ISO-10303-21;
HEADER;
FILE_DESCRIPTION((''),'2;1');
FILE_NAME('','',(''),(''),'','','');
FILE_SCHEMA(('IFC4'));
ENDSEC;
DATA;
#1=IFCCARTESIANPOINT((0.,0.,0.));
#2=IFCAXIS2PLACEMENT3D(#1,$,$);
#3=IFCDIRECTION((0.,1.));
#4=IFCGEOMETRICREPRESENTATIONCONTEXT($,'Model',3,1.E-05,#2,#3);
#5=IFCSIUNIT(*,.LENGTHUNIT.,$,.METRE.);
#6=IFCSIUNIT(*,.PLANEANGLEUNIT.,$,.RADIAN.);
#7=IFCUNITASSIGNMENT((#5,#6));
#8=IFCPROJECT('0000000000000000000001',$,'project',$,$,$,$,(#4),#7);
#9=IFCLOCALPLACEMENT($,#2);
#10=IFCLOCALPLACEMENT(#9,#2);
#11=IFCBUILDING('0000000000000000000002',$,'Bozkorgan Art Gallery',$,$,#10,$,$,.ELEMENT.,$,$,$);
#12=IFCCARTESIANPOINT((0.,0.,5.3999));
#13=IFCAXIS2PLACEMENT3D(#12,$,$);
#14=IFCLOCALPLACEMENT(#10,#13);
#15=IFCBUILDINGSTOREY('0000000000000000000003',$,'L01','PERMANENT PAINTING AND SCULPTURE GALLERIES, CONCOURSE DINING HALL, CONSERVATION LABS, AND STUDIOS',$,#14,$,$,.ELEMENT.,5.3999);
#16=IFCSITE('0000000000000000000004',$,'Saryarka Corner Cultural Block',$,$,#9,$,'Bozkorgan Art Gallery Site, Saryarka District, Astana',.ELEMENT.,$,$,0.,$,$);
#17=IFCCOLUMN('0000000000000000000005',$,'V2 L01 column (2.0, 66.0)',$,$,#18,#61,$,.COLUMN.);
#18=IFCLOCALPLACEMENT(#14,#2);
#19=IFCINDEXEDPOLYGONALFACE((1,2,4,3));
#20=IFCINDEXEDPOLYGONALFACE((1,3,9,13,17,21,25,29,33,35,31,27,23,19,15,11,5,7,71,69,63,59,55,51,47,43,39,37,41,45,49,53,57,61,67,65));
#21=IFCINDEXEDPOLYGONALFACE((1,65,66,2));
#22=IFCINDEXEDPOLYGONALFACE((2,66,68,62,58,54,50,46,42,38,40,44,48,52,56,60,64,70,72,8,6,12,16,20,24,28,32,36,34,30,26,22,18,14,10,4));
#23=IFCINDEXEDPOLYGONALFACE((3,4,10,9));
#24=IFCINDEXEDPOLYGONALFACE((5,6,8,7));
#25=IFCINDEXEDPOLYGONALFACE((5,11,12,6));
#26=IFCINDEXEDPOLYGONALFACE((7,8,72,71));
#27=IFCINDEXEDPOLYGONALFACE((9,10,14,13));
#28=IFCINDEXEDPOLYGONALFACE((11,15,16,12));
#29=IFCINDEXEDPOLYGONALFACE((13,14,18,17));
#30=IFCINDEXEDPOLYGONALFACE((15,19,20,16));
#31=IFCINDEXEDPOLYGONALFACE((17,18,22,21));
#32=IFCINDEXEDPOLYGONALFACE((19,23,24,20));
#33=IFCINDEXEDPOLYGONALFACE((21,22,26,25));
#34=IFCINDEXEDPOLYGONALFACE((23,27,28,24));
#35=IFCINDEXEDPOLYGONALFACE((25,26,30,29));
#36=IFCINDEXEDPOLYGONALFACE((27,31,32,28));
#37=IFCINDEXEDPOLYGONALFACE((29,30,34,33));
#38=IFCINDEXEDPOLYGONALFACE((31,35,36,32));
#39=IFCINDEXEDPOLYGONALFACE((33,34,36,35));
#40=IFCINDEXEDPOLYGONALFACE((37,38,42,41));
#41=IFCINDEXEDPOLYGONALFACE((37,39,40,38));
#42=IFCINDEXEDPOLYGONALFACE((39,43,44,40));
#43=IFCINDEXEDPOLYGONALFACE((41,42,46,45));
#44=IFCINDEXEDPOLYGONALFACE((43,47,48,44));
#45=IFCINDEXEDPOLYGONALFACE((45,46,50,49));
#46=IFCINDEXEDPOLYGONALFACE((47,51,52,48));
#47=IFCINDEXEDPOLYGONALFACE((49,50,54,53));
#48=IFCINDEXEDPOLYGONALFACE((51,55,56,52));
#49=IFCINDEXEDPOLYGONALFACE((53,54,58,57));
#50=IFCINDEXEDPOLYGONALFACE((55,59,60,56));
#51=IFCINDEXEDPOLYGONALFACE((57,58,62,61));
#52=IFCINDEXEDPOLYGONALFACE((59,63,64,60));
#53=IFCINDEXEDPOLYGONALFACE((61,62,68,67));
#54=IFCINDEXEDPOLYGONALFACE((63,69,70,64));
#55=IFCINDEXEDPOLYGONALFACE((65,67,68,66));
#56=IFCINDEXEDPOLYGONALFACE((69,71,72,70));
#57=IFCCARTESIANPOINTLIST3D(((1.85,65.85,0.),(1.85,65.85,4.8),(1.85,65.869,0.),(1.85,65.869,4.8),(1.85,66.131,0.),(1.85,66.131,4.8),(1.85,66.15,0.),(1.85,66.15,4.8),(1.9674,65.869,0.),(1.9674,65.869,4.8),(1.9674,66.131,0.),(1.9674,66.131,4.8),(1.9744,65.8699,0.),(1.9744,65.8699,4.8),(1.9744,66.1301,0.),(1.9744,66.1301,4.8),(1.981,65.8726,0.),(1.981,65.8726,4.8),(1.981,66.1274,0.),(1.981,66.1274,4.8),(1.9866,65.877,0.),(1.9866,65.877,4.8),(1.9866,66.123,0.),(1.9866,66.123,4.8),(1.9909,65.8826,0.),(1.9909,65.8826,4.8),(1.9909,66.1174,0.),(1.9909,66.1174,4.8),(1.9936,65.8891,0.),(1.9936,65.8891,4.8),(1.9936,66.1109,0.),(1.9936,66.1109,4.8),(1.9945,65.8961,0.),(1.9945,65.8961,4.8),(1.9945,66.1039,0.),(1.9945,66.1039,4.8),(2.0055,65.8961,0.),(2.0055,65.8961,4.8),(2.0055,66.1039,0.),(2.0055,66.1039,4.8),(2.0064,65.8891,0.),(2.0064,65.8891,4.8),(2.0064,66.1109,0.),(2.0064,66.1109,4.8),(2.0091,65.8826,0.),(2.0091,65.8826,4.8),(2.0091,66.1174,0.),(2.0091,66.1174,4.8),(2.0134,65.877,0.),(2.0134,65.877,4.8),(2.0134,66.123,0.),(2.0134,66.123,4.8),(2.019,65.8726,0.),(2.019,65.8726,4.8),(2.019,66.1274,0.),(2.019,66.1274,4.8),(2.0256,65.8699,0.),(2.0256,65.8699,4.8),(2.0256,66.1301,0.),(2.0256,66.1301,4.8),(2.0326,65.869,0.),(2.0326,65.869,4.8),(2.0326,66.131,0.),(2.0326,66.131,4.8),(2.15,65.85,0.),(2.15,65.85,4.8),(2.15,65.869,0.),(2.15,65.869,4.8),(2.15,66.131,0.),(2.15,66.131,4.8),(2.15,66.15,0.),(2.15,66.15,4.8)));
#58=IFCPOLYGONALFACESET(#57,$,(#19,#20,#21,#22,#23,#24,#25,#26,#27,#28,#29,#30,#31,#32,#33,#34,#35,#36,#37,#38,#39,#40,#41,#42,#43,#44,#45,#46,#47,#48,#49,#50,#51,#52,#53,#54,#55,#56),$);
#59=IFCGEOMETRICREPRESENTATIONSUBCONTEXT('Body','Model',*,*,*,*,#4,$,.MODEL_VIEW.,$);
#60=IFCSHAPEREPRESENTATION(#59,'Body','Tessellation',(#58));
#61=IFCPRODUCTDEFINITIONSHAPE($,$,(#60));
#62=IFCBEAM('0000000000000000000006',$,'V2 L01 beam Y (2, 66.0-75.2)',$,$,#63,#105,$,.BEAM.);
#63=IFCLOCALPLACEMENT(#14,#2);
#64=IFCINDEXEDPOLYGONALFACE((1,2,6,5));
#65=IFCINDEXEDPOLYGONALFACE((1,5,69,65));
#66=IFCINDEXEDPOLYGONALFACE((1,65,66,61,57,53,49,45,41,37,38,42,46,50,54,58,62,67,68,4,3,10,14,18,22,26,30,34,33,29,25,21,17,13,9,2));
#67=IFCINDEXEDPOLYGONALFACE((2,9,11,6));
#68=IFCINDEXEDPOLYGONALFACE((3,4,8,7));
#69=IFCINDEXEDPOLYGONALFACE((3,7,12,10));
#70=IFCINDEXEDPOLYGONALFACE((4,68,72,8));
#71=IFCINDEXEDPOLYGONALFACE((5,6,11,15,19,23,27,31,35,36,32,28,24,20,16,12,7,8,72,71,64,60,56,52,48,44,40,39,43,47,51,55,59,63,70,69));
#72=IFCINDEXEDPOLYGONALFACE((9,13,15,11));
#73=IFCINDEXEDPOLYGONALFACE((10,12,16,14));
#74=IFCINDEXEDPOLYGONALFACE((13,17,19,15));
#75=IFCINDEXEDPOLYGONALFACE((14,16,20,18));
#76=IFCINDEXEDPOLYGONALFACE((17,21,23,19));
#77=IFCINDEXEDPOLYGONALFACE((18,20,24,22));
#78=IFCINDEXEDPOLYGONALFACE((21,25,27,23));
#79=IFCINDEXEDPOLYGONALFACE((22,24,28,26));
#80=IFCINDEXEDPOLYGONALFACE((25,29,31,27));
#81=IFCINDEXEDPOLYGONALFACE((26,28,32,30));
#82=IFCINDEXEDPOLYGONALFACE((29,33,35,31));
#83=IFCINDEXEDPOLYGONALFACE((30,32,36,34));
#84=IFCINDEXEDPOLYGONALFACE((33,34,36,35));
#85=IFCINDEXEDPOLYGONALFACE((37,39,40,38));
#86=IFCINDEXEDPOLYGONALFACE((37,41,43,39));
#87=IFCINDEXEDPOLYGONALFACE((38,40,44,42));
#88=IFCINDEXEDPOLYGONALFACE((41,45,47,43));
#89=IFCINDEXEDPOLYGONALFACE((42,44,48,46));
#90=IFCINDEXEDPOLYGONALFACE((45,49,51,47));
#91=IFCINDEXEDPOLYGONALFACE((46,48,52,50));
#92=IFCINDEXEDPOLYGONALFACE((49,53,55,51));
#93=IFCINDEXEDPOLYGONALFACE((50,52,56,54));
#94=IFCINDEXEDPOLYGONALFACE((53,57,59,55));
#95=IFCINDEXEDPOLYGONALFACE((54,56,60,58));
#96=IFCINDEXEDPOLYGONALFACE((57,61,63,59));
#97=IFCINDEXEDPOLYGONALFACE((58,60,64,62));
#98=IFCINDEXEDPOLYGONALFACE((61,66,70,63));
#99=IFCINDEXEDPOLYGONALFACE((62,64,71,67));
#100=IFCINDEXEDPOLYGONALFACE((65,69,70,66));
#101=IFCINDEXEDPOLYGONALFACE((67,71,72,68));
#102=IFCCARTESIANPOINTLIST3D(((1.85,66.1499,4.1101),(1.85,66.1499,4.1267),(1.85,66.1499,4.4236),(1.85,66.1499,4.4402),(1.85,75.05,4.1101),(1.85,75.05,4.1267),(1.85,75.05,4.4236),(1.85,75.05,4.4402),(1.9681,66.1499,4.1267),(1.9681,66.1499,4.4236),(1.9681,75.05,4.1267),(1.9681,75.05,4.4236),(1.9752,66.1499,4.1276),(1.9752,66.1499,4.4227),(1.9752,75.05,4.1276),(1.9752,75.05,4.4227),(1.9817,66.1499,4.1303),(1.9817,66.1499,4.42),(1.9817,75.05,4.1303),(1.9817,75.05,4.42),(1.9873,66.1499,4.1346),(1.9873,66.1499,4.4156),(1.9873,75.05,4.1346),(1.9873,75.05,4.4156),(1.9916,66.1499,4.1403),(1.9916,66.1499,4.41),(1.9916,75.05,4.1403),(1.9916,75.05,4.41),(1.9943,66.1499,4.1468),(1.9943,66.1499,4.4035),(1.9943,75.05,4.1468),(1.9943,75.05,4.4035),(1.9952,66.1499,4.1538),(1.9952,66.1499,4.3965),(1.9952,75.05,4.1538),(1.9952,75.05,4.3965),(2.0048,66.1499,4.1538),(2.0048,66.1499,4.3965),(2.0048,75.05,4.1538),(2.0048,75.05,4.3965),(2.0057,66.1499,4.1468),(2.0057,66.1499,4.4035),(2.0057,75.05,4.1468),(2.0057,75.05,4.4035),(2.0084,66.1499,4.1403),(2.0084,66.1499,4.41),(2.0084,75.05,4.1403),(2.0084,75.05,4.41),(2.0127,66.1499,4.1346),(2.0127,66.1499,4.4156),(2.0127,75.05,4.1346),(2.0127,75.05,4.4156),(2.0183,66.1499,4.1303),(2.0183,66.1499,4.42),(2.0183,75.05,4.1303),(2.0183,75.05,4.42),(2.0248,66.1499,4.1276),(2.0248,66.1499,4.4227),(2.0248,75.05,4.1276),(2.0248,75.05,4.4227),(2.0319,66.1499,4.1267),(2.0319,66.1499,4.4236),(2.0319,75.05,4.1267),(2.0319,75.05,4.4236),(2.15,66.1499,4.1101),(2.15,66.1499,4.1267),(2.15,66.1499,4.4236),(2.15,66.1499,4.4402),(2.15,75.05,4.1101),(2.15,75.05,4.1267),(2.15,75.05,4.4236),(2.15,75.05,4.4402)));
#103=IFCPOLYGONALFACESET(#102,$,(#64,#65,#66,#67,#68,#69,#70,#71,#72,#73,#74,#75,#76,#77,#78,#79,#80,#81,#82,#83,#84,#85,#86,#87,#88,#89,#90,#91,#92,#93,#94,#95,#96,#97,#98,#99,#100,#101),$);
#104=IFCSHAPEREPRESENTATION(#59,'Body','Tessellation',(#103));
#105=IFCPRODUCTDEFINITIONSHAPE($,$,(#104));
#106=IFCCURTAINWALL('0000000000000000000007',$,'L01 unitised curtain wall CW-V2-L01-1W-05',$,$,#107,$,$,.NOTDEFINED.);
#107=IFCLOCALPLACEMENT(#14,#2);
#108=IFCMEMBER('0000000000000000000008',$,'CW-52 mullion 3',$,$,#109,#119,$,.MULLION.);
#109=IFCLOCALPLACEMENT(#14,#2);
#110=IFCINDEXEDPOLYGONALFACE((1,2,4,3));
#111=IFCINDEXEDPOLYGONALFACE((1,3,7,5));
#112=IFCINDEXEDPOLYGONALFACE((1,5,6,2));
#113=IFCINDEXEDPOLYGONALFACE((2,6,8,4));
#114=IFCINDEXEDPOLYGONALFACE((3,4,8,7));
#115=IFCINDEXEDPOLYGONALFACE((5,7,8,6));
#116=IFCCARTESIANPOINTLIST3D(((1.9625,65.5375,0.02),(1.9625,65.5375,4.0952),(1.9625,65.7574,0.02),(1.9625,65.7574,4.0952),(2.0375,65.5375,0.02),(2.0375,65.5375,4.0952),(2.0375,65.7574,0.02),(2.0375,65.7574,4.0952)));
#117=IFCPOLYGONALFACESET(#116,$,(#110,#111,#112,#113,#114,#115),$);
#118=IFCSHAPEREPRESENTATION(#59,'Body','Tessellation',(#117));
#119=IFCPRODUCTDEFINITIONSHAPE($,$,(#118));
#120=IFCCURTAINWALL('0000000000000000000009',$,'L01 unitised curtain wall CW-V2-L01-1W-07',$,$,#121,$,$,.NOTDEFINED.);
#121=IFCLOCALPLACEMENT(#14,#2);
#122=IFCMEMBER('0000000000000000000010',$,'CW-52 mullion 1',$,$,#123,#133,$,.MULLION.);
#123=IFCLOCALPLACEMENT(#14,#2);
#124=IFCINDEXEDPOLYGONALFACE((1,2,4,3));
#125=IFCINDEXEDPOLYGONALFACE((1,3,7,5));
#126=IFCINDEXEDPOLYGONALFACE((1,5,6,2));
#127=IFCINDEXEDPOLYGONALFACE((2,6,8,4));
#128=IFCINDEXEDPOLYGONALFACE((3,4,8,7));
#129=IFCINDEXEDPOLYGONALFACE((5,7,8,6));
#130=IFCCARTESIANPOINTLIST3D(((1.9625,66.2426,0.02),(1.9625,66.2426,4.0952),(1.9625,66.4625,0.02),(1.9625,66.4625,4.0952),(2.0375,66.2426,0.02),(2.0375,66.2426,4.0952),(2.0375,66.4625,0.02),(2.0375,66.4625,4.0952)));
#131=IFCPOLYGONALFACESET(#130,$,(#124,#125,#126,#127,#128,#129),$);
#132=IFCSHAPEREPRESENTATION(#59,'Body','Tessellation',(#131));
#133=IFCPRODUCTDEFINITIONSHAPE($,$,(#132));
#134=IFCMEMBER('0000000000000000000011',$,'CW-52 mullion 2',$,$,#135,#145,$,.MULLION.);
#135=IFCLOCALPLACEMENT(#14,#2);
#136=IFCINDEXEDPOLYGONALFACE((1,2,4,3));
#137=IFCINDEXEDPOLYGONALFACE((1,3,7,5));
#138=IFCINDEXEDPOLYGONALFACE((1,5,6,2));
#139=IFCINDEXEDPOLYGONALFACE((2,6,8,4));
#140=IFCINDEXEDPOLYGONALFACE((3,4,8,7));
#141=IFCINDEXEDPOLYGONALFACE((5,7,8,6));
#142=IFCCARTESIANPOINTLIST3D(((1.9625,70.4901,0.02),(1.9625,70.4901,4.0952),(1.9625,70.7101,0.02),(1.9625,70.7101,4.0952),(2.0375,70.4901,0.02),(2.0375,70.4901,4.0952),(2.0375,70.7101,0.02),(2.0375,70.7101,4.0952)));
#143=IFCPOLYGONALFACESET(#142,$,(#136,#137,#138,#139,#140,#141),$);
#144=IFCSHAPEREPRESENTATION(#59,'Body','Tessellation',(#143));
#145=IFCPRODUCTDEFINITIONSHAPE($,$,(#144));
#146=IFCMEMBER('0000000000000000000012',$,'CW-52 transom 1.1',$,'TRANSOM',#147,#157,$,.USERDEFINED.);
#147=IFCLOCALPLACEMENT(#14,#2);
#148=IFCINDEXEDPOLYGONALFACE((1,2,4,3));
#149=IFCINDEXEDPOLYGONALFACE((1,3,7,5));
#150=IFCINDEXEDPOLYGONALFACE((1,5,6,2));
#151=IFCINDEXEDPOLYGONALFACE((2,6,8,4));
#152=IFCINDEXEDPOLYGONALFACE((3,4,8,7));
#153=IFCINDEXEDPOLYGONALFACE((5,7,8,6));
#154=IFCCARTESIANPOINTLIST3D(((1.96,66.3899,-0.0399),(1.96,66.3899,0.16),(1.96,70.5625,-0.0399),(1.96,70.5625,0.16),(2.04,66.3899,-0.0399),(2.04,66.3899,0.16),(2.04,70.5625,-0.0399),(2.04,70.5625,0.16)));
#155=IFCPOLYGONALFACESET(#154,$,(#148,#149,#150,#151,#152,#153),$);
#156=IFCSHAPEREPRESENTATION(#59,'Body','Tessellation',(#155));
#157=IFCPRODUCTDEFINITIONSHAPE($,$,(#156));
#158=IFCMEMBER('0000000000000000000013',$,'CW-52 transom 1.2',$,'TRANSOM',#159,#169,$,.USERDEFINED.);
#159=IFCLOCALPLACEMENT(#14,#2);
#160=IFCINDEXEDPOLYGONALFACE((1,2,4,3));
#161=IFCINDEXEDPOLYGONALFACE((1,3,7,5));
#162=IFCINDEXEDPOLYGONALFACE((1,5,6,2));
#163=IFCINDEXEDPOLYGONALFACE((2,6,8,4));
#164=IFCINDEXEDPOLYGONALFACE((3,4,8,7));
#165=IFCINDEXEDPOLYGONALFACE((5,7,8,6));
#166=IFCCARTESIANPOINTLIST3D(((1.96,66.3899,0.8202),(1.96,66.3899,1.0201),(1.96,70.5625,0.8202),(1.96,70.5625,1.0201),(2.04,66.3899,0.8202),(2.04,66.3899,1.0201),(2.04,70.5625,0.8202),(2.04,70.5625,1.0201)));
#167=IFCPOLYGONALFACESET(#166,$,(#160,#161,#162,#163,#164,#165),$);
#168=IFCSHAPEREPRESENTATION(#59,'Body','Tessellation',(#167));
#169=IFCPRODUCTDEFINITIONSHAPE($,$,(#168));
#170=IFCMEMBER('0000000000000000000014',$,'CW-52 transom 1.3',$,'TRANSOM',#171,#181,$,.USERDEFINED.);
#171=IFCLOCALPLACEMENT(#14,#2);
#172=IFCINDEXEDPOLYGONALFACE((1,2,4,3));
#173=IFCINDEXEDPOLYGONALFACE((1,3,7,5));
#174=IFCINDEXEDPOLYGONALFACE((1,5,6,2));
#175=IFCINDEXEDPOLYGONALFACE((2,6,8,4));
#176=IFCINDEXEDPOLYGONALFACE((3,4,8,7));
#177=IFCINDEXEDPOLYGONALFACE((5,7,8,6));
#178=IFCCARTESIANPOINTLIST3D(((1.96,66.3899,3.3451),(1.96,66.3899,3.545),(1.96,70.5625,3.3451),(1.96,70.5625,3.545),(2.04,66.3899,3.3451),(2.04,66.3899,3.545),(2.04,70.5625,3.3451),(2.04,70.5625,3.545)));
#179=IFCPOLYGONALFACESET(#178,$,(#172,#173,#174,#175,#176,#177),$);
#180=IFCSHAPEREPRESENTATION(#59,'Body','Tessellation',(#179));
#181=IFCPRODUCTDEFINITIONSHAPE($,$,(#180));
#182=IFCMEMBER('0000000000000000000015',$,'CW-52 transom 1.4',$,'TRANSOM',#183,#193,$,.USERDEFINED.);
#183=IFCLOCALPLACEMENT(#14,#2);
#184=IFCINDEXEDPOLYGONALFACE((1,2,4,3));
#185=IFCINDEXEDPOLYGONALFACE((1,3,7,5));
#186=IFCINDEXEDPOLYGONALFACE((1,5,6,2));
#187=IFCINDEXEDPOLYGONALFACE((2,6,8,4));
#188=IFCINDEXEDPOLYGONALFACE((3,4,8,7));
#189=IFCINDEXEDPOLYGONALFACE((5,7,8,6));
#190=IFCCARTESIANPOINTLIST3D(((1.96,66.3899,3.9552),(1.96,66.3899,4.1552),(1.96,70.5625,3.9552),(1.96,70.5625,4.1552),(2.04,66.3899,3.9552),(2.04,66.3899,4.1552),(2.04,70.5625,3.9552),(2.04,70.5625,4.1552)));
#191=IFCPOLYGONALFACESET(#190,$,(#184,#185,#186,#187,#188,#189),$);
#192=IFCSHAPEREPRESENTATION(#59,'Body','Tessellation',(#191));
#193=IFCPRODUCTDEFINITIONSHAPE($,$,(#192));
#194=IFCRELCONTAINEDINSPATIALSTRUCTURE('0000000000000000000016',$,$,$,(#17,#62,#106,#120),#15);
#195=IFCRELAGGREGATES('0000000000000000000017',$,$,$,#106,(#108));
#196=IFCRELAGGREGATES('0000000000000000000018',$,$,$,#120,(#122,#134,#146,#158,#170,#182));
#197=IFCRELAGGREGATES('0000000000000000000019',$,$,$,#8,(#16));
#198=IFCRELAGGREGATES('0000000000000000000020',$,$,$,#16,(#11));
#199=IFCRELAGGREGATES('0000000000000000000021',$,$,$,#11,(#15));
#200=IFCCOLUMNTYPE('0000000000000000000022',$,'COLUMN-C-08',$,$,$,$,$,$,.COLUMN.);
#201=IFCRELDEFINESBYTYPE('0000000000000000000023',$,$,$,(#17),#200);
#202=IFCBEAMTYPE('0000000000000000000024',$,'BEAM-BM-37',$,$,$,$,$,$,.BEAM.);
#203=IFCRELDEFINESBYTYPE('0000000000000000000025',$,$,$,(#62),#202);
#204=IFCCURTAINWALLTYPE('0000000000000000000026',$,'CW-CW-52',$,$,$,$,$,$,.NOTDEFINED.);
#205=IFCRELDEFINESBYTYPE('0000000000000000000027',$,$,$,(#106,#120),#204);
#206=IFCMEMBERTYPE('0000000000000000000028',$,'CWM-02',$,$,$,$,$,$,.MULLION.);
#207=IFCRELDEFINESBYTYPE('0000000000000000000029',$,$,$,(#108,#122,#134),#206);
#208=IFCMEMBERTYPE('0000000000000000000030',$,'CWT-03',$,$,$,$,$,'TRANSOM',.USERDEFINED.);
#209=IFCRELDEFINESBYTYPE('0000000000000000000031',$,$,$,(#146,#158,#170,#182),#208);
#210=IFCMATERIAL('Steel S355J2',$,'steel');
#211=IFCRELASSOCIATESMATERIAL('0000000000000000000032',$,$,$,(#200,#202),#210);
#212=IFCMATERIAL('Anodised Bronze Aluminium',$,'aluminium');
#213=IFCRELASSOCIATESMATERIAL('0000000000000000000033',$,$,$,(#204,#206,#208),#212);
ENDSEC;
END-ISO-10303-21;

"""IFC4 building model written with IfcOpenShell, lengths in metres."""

from ifc_helpers import new_model, si_unit, direction, frame, origin, origin_2d, place, context, subcontext, project, spatial, rectangle, i_section, extrude, material, material_profile, profile_set, type_object, element, aggregate, save


model = new_model("IFC4")

# Units and contexts
model_context = context("Model", 3, precision=1e-05, world=origin(), true_north=direction((0.0, 1.0)))
body_context = subcontext(model_context, "Body", "Model", "MODEL_VIEW")
ifc_project = project(units=[si_unit("LENGTHUNIT", "METRE"), si_unit("PLANEANGLEUNIT", "RADIAN")], contexts=[model_context])

# Site, building, storey
site_placement = place(None, origin())
site = spatial("IfcSite", under=ifc_project, at=site_placement, Name="Saryarka Corner Cultural Block", LongName="Bozkorgan Art Gallery Site, Saryarka District, Astana", CompositionType="ELEMENT", RefElevation=0.0)
building_placement = place(site_placement, origin())
building = spatial("IfcBuilding", under=site, at=building_placement, Name="Bozkorgan Art Gallery", CompositionType="ELEMENT")
storey_placement = place(building_placement, frame((0.0, 0.0, 5.3999)))
storey = spatial("IfcBuildingStorey", under=building, at=storey_placement, Name="L01", Description="PERMANENT PAINTING AND SCULPTURE GALLERIES, CONCOURSE DINING HALL, CONSERVATION LABS, AND STUDIOS", CompositionType="ELEMENT", Elevation=5.3999)

# Column
ifc_material_1 = material(Name="Steel S355J2", Category="steel")
ifc_material_profile_1 = material_profile(ifc_material_1, i_section(OverallWidth=0.3, OverallDepth=0.3, WebThickness=0.011, FlangeThickness=0.019, FilletRadius=0.0271, at=origin_2d()), Name="HEB 300")
ifc_profile_set_1 = profile_set([ifc_material_profile_1], Name="Steel S355J2")
column_type = type_object("IfcColumnType", Name="COLUMN-C-08", PredefinedType="COLUMN", material=ifc_profile_set_1)
column_placement = place(storey_placement, frame((2.0, 66.0, 0.0), z_axis=(0.0, 0.0, 1.0), x_axis=(1.0, 0.0, 0.0)))
element("IfcColumn", 1, at=column_placement, inside=storey, type_object=column_type, Name="V2 L01 column (2.0, 66.0)", PredefinedType="COLUMN", context=body_context, shape_type="SweptSolid", body=[
    extrude(i_section(OverallWidth=0.3, OverallDepth=0.3, WebThickness=0.011, FlangeThickness=0.019, FilletRadius=0.0271, at=origin_2d()), origin(), (0.0, 0.0, 1.0), 4.8),
])

# Beam
ifc_material_profile_2 = material_profile(ifc_material_1, i_section(OverallWidth=0.3, OverallDepth=0.3301, WebThickness=0.0095, FlangeThickness=0.0166, FilletRadius=0.0271, at=origin_2d()), Name="HEA 340")
ifc_profile_set_2 = profile_set([ifc_material_profile_2], Name="Steel S355J2")
beam_type = type_object("IfcBeamType", Name="BEAM-BM-37", PredefinedType="BEAM", material=ifc_profile_set_2)
beam_placement = place(storey_placement, frame((2.0, 66.1499, 4.2751), z_axis=(0.0, 1.0, 0.0), x_axis=(-1.0, 0.0, 0.0)))
element("IfcBeam", 2, at=beam_placement, inside=storey, type_object=beam_type, Name="V2 L01 beam Y (2, 66.0-75.2)", PredefinedType="BEAM", context=body_context, shape_type="SweptSolid", body=[
    extrude(i_section(OverallWidth=0.3, OverallDepth=0.3301, WebThickness=0.0095, FlangeThickness=0.0166, FilletRadius=0.0271, at=origin_2d()), origin(), (0.0, 0.0, 1.0), 8.9001),
])

# Curtain wall, member
ifc_material_2 = material(Name="Anodised Bronze Aluminium", Category="aluminium")
curtain_wall_type = type_object("IfcCurtainWallType", Name="CW-CW-52", PredefinedType="NOTDEFINED", material=ifc_material_2)
curtain_wall_1_placement = place(storey_placement, origin())
curtain_wall_1 = element("IfcCurtainWall", 3, at=curtain_wall_1_placement, inside=storey, type_object=curtain_wall_type, Name="L01 unitised curtain wall CW-V2-L01-1W-05", PredefinedType="NOTDEFINED")
ifc_material_profile_3 = material_profile(ifc_material_2, rectangle(XDim=0.075, YDim=0.22, at=origin_2d()), Name="ALU MULLION 75x220")
ifc_profile_set_3 = profile_set([ifc_material_profile_3], Name="Anodised Bronze Aluminium")
member_type_1 = type_object("IfcMemberType", Name="CWM-02", PredefinedType="MULLION", material=ifc_profile_set_3)
member_1_placement = place(storey_placement, frame((2.0, 65.6475, 0.02), z_axis=(0.0, 0.0, 1.0), x_axis=(-1.0, 0.0, 0.0)))
member_1 = element("IfcMember", 4, at=member_1_placement, type_object=member_type_1, Name="CW-52 mullion 3", PredefinedType="MULLION", context=body_context, shape_type="SweptSolid", body=[
    extrude(rectangle(XDim=0.075, YDim=0.22, at=origin_2d()), origin(), (0.0, 0.0, 1.0), 4.0752),
])

# Curtain wall, members
curtain_wall_2_placement = place(storey_placement, origin())
curtain_wall_2 = element("IfcCurtainWall", 5, at=curtain_wall_2_placement, inside=storey, type_object=curtain_wall_type, Name="L01 unitised curtain wall CW-V2-L01-1W-07", PredefinedType="NOTDEFINED")
member_2_placement = place(storey_placement, frame((2.0, 66.3525, 0.02), z_axis=(0.0, 0.0, 1.0), x_axis=(-1.0, 0.0, 0.0)))
member_2 = element("IfcMember", 6, at=member_2_placement, type_object=member_type_1, Name="CW-52 mullion 1", PredefinedType="MULLION", context=body_context, shape_type="SweptSolid", body=[
    extrude(rectangle(XDim=0.075, YDim=0.22, at=origin_2d()), origin(), (0.0, 0.0, 1.0), 4.0752),
])
member_3_placement = place(storey_placement, frame((2.0, 70.6001, 0.02), z_axis=(0.0, 0.0, 1.0), x_axis=(-1.0, 0.0, 0.0)))
member_3 = element("IfcMember", 7, at=member_3_placement, type_object=member_type_1, Name="CW-52 mullion 2", PredefinedType="MULLION", context=body_context, shape_type="SweptSolid", body=[
    extrude(rectangle(XDim=0.075, YDim=0.22, at=origin_2d()), origin(), (0.0, 0.0, 1.0), 4.0752),
])
ifc_material_profile_4 = material_profile(ifc_material_2, rectangle(XDim=0.0801, YDim=0.2, at=origin_2d()), Name="ALU TRANSOM 80x200")
ifc_profile_set_4 = profile_set([ifc_material_profile_4], Name="Anodised Bronze Aluminium")
member_type_2 = type_object("IfcMemberType", Name="CWT-03", ElementType="TRANSOM", PredefinedType="USERDEFINED", material=ifc_profile_set_4)
member_4_placement = place(storey_placement, frame((2.0, 66.3899, 0.0601), z_axis=(0.0, 1.0, 0.0), x_axis=(-1.0, 0.0, 0.0)))
member_4 = element("IfcMember", 8, at=member_4_placement, type_object=member_type_2, Name="CW-52 transom 1.1", ObjectType="TRANSOM", PredefinedType="USERDEFINED", context=body_context, shape_type="SweptSolid", body=[
    extrude(rectangle(XDim=0.0801, YDim=0.2, at=origin_2d()), origin(), (0.0, 0.0, 1.0), 4.1726),
])
member_5_placement = place(storey_placement, frame((2.0, 66.3899, 0.9202), z_axis=(0.0, 1.0, 0.0), x_axis=(-1.0, 0.0, 0.0)))
member_5 = element("IfcMember", 9, at=member_5_placement, type_object=member_type_2, Name="CW-52 transom 1.2", ObjectType="TRANSOM", PredefinedType="USERDEFINED", context=body_context, shape_type="SweptSolid", body=[
    extrude(rectangle(XDim=0.0801, YDim=0.2, at=origin_2d()), origin(), (0.0, 0.0, 1.0), 4.1726),
])
member_6_placement = place(storey_placement, frame((2.0, 66.3899, 3.4451), z_axis=(0.0, 1.0, 0.0), x_axis=(-1.0, 0.0, 0.0)))
member_6 = element("IfcMember", 10, at=member_6_placement, type_object=member_type_2, Name="CW-52 transom 1.3", ObjectType="TRANSOM", PredefinedType="USERDEFINED", context=body_context, shape_type="SweptSolid", body=[
    extrude(rectangle(XDim=0.0801, YDim=0.2, at=origin_2d()), origin(), (0.0, 0.0, 1.0), 4.1726),
])
member_7_placement = place(storey_placement, frame((2.0, 66.3899, 4.0552), z_axis=(0.0, 1.0, 0.0), x_axis=(-1.0, 0.0, 0.0)))
member_7 = element("IfcMember", 11, at=member_7_placement, type_object=member_type_2, Name="CW-52 transom 1.4", ObjectType="TRANSOM", PredefinedType="USERDEFINED", context=body_context, shape_type="SweptSolid", body=[
    extrude(rectangle(XDim=0.0801, YDim=0.2, at=origin_2d()), origin(), (0.0, 0.0, 1.0), 4.1726),
])

aggregate(curtain_wall_1, [member_1])
aggregate(curtain_wall_2, [member_2, member_3, member_4, member_5, member_6, member_7])

save(model, "model.ifc")
